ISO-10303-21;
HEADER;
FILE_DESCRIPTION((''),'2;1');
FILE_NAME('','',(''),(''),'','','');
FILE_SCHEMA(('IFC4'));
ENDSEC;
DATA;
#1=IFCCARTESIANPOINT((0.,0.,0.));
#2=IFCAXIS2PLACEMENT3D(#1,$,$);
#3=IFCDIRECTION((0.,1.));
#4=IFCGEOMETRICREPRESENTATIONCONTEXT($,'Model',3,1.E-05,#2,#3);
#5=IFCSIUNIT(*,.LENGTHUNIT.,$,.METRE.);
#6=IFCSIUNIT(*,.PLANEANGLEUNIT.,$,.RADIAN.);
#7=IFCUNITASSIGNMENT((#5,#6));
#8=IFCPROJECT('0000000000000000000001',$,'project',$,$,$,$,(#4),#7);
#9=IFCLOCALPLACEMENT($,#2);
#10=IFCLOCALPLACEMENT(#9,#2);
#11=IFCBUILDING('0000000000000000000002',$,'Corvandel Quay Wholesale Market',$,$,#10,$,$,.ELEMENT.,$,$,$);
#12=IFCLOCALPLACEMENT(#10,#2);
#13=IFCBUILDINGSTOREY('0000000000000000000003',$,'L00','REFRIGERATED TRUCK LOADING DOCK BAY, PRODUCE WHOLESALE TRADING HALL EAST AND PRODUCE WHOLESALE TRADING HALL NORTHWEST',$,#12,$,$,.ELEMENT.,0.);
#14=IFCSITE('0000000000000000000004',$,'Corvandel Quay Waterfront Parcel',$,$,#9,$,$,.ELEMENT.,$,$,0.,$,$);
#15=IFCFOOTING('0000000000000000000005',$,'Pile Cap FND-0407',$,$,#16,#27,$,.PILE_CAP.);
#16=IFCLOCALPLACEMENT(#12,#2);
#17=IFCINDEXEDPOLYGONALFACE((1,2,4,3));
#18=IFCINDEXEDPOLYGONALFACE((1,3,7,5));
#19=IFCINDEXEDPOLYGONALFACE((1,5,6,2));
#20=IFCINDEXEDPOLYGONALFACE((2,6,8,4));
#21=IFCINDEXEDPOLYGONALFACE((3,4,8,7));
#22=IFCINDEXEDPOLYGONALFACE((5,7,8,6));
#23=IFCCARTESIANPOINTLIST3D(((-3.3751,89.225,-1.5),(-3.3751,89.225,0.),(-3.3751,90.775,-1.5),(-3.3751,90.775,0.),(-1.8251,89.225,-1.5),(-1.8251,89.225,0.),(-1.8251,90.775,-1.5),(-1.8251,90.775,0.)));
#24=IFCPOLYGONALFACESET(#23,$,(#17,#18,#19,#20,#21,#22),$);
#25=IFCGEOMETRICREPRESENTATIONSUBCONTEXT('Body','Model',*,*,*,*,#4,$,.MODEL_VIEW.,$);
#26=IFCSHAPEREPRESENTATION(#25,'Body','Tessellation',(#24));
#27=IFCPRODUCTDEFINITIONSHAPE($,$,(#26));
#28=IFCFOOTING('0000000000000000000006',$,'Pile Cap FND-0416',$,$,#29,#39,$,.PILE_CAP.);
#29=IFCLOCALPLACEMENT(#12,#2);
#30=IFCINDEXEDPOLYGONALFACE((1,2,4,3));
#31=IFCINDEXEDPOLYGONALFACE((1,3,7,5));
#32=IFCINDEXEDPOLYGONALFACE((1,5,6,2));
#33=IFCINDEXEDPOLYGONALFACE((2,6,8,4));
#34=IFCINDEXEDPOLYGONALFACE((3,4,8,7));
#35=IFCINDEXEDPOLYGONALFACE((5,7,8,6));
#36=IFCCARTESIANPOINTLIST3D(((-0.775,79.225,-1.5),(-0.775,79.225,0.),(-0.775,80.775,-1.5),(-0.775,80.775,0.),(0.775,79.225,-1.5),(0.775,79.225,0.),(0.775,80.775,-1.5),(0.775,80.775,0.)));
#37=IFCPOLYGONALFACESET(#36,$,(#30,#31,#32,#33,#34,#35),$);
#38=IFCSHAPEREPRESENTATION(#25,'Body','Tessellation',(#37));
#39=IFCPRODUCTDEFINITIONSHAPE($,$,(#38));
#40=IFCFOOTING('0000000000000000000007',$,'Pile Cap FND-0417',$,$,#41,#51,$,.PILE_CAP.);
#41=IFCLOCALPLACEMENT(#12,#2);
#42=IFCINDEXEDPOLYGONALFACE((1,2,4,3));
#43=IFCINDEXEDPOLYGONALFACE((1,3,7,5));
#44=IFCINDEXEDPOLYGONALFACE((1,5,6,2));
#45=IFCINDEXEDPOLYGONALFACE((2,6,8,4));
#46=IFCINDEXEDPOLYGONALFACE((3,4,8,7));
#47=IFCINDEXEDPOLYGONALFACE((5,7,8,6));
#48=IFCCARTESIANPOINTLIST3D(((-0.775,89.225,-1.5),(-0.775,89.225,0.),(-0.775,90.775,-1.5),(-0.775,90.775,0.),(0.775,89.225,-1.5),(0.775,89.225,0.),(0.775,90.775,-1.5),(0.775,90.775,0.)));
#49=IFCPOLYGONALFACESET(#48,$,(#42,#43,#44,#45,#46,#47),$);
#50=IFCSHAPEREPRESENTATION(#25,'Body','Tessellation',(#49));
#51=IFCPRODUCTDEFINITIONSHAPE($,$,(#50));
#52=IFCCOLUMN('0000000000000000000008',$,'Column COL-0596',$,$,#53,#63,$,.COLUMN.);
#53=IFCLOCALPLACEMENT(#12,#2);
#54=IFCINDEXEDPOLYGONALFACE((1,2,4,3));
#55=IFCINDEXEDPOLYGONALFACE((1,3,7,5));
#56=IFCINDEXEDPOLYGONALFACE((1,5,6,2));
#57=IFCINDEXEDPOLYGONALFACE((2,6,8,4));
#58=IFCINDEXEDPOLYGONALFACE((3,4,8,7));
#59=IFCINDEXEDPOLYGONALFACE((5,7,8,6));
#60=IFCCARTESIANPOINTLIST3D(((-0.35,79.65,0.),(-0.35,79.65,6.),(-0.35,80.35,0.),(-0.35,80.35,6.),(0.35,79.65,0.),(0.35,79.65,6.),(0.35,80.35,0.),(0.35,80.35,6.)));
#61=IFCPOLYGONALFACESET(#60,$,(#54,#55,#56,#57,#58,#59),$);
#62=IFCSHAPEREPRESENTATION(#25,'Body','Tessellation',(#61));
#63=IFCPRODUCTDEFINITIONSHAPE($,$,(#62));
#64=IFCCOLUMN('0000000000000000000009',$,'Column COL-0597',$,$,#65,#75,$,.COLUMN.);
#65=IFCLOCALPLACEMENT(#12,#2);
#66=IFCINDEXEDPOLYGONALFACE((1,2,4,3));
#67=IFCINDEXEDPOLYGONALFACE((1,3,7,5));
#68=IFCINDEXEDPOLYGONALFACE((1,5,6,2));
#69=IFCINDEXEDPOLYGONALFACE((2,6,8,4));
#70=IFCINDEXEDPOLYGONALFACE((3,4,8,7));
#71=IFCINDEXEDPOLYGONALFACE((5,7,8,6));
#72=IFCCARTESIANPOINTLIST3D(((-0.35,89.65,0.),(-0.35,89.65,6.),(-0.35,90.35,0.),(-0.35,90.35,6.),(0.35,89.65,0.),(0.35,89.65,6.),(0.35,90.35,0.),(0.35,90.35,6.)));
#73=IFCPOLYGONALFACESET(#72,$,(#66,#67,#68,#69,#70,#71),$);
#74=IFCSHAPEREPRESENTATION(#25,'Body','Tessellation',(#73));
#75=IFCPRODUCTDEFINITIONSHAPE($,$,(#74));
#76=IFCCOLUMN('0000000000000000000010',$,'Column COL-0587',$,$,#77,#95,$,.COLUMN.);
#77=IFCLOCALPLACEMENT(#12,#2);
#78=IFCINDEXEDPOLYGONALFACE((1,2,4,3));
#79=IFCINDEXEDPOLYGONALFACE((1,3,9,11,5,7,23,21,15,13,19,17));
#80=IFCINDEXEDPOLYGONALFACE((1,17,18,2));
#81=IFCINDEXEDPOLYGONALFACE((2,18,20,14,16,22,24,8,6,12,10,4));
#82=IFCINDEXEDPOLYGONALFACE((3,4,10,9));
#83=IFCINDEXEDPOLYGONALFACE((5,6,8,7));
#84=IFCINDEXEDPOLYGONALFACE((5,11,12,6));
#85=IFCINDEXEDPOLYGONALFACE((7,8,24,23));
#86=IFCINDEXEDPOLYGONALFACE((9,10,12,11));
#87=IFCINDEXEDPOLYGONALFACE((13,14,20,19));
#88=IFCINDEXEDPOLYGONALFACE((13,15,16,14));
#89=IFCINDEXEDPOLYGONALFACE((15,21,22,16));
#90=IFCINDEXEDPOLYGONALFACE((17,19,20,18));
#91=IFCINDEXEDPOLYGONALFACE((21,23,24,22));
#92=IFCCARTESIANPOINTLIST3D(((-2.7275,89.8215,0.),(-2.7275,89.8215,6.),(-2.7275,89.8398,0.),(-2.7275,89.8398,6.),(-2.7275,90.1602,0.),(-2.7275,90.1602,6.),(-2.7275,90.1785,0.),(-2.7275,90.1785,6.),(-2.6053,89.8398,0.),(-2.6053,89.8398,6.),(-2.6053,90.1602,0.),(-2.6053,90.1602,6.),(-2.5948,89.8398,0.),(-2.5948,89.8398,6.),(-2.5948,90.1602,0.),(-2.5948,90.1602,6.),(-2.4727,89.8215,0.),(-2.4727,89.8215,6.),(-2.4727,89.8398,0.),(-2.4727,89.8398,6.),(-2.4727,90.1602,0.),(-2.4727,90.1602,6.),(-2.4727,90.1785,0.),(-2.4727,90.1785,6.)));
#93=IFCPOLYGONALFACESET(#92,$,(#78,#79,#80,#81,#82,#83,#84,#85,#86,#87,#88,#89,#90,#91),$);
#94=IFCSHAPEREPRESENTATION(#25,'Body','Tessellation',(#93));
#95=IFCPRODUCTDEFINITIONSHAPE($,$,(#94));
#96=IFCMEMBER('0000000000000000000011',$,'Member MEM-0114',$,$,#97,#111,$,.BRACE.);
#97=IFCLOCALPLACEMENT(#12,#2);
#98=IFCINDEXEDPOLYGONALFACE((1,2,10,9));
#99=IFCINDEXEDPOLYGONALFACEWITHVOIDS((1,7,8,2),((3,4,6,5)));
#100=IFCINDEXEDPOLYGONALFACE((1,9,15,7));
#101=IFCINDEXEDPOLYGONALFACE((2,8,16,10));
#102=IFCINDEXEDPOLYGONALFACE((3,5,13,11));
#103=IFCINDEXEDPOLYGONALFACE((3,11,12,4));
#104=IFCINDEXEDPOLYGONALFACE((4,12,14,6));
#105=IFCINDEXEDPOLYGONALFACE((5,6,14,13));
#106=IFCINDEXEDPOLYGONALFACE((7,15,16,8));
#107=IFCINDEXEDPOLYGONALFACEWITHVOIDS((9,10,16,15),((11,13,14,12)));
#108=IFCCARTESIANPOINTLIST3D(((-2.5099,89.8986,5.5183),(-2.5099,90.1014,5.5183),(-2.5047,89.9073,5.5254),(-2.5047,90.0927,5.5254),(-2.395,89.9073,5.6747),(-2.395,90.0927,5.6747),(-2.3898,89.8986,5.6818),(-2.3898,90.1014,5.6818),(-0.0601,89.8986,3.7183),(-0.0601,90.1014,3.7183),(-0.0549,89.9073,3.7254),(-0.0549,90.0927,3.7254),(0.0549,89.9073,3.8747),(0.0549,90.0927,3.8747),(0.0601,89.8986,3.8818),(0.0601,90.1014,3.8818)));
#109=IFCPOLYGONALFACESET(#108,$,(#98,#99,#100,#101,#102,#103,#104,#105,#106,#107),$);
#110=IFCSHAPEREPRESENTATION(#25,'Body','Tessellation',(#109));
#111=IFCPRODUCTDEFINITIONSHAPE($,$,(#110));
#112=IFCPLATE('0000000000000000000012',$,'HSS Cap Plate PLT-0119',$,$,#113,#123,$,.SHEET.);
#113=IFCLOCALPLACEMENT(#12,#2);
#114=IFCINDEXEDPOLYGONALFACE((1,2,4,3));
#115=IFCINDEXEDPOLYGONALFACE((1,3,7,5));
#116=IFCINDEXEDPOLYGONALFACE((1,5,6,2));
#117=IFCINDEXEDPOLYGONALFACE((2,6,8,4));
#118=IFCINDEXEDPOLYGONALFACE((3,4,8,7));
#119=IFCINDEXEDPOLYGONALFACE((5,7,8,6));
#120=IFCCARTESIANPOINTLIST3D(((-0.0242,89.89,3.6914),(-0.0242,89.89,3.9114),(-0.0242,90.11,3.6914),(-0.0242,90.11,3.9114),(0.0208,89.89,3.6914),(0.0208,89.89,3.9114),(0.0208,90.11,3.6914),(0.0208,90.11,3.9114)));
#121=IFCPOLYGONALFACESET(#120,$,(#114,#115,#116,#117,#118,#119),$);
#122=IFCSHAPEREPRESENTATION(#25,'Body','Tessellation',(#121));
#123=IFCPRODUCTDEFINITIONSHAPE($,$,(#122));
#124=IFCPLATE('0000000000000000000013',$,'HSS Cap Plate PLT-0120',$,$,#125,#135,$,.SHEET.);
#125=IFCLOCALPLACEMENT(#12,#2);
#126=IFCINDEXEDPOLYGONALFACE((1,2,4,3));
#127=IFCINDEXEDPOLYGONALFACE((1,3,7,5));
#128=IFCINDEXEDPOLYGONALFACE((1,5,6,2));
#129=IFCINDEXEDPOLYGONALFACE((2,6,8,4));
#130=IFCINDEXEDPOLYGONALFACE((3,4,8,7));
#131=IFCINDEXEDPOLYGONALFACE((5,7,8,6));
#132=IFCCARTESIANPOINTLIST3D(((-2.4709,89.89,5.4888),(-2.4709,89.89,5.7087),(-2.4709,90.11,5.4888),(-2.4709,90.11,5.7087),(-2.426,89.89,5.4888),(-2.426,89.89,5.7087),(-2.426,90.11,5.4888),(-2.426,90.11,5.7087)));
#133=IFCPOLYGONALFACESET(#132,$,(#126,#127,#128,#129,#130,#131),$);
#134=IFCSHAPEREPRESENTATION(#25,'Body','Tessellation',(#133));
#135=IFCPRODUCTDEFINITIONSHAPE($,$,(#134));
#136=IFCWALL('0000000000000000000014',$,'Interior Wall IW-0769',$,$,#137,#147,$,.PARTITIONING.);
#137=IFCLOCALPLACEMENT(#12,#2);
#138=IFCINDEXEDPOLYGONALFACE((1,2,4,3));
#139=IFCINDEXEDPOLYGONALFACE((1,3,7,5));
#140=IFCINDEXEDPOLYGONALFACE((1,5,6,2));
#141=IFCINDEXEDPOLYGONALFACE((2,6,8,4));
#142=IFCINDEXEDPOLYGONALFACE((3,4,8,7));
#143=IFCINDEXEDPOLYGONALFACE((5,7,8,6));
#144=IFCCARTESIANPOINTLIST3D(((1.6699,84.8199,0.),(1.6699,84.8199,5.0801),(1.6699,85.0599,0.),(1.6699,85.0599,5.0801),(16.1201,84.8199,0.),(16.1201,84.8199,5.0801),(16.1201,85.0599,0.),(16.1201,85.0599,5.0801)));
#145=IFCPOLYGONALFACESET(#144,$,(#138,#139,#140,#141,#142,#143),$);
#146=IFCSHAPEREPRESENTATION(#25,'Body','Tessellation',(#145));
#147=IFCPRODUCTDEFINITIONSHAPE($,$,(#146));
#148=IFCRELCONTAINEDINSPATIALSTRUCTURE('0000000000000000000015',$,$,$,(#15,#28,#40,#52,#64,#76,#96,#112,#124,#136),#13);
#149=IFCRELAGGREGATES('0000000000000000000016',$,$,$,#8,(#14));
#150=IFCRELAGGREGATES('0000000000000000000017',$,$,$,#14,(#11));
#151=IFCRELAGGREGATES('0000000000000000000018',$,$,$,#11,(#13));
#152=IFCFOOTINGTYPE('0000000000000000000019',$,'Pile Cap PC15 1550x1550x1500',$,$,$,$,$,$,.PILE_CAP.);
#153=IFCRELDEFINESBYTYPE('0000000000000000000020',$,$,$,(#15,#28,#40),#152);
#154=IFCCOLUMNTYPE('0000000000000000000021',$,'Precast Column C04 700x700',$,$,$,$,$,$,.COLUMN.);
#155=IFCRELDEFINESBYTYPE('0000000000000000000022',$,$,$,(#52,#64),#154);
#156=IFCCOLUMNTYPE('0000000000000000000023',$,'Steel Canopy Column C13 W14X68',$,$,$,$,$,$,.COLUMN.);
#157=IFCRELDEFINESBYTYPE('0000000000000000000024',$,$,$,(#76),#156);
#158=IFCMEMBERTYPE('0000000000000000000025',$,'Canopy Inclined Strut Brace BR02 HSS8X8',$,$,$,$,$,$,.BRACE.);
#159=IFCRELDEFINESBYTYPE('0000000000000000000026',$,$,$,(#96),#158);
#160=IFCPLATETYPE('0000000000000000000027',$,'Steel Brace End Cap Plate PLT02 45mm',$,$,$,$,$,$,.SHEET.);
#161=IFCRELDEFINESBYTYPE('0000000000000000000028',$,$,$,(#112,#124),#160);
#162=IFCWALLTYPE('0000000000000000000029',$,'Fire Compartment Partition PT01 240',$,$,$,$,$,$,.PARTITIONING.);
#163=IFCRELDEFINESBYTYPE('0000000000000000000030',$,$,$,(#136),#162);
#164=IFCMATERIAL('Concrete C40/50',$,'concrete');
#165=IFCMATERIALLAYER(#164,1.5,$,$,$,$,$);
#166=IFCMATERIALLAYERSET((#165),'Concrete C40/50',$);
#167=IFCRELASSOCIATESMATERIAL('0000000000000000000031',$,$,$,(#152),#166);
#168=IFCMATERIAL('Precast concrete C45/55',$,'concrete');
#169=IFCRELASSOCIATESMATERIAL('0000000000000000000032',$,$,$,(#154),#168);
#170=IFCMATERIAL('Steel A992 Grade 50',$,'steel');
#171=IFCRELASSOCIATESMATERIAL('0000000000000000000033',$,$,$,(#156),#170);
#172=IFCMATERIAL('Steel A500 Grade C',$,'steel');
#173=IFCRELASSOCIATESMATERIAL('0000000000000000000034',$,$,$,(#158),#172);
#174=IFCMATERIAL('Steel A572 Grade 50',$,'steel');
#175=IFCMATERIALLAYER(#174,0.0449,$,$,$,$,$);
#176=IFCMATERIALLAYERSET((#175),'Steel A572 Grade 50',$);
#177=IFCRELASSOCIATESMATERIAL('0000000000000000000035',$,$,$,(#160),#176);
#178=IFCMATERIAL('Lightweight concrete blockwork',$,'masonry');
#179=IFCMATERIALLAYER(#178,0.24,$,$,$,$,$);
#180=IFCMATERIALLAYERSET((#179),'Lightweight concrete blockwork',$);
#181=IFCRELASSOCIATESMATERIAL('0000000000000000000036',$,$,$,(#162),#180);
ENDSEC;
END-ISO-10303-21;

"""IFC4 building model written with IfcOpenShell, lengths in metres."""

from ifc_helpers import new_model, si_unit, direction, frame, frame_2d, origin, origin_2d, place, context, subcontext, project, spatial, rectangle, hollow_rectangle, i_section, extrude, material, layer, layer_set, material_profile, profile_set, type_object, element, save


model = new_model("IFC4")

# Units and contexts
model_context = context("Model", 3, precision=1e-05, world=origin(), true_north=direction((0.0, 1.0)))
body_context = subcontext(model_context, "Body", "Model", "MODEL_VIEW")
ifc_project = project(units=[si_unit("LENGTHUNIT", "METRE"), si_unit("PLANEANGLEUNIT", "RADIAN")], contexts=[model_context])

# Site, building, storey
site_placement = place(None, origin())
site = spatial("IfcSite", under=ifc_project, at=site_placement, Name="Corvandel Quay Waterfront Parcel", CompositionType="ELEMENT", RefElevation=0.0)
building_placement = place(site_placement, origin())
building = spatial("IfcBuilding", under=site, at=building_placement, Name="Corvandel Quay Wholesale Market", CompositionType="ELEMENT")
storey_placement = place(building_placement, origin())
storey = spatial("IfcBuildingStorey", under=building, at=storey_placement, Name="L00", Description="REFRIGERATED TRUCK LOADING DOCK BAY, PRODUCE WHOLESALE TRADING HALL EAST AND PRODUCE WHOLESALE TRADING HALL NORTHWEST", CompositionType="ELEMENT", Elevation=0.0)

# Shared definitions
ifc_material_1 = material(Name="Concrete C40/50", Category="concrete")

# Footings
ifc_layer_1 = layer(ifc_material_1, 1.5)
ifc_layer_set_1 = layer_set([ifc_layer_1], Name="Concrete C40/50")
footing_type_1 = type_object("IfcFootingType", Name="Pile Cap PC15 1550x1550x1500", PredefinedType="PILE_CAP", material=ifc_layer_set_1)
for number, where, z_axis, x_axis, name in (
    (1, (-2.6001, 90.0, -1.5), (0.0, 0.0, 1.0), (1.0, 0.0, 0.0), "Pile Cap FND-0407"),
    (2, (0.0, 80.0, -1.5), (0.0, 0.0, 1.0), (1.0, 0.0, 0.0), "Pile Cap FND-0416"),
    (3, (0.0, 90.0, -1.5), (0.0, 0.0, 1.0), (1.0, 0.0, 0.0), "Pile Cap FND-0417"),
):
    element("IfcFooting", number, at=place(storey_placement, frame(where, z_axis=z_axis, x_axis=x_axis)), inside=storey, type_object=footing_type_1, Name=name, PredefinedType="PILE_CAP", context=body_context, shape_type="SweptSolid", body=[
        extrude(rectangle(XDim=1.55, YDim=1.55, at=origin_2d()), origin(), (0.0, 0.0, 1.0), 1.5),
    ])

# Columns
ifc_material_2 = material(Name="Precast concrete C45/55", Category="concrete")
ifc_material_profile_1 = material_profile(ifc_material_2, rectangle(XDim=0.7, YDim=0.7, at=origin_2d()), Name="PC-COL-700x700")
ifc_profile_set_1 = profile_set([ifc_material_profile_1], Name="Precast concrete C45/55")
column_type_1 = type_object("IfcColumnType", Name="Precast Column C04 700x700", PredefinedType="COLUMN", material=ifc_profile_set_1)
for number, where, z_axis, x_axis, name in (
    (4, (0.0, 80.0, 0.0), (0.0, 0.0, 1.0), (1.0, 0.0, 0.0), "Column COL-0596"),
    (5, (0.0, 90.0, 0.0), (0.0, 0.0, 1.0), (1.0, 0.0, 0.0), "Column COL-0597"),
):
    element("IfcColumn", number, at=place(storey_placement, frame(where, z_axis=z_axis, x_axis=x_axis)), inside=storey, type_object=column_type_1, Name=name, PredefinedType="COLUMN", context=body_context, shape_type="SweptSolid", body=[
        extrude(rectangle(XDim=0.7, YDim=0.7, at=origin_2d()), origin(), (0.0, 0.0, 1.0), 6.0),
    ])
ifc_material_3 = material(Name="Steel A992 Grade 50", Category="steel")
ifc_material_profile_2 = material_profile(ifc_material_3, i_section(OverallWidth=0.2549, OverallDepth=0.3569, WebThickness=0.0105, FlangeThickness=0.0183, at=origin_2d()), Name="W14X68")
ifc_profile_set_2 = profile_set([ifc_material_profile_2], Name="Steel A992 Grade 50")
column_type_2 = type_object("IfcColumnType", Name="Steel Canopy Column C13 W14X68", PredefinedType="COLUMN", material=ifc_profile_set_2)
column_placement = place(storey_placement, frame((-2.6001, 90.0, 0.0), z_axis=(0.0, 0.0, 1.0), x_axis=(1.0, 0.0, 0.0)))
element("IfcColumn", 6, at=column_placement, inside=storey, type_object=column_type_2, Name="Column COL-0587", PredefinedType="COLUMN", context=body_context, shape_type="SweptSolid", body=[
    extrude(i_section(OverallWidth=0.2549, OverallDepth=0.3569, WebThickness=0.0105, FlangeThickness=0.0183, at=origin_2d()), origin(), (0.0, 0.0, 1.0), 6.0),
])

# Member
ifc_material_4 = material(Name="Steel A500 Grade C", Category="steel")
ifc_material_profile_3 = material_profile(ifc_material_4, hollow_rectangle(XDim=0.2029, YDim=0.2029, WallThickness=0.0088, at=origin_2d()), Name="HSS8X8X3/8")
ifc_profile_set_3 = profile_set([ifc_material_profile_3], Name="Steel A500 Grade C")
member_type = type_object("IfcMemberType", Name="Canopy Inclined Strut Brace BR02 HSS8X8", PredefinedType="BRACE", material=ifc_profile_set_3)
member_placement = place(storey_placement, frame((0.0, 90.0, 3.8), z_axis=(-0.805869, 0.0, 0.592095), x_axis=(0.0, -1.0, 0.0)))
element("IfcMember", 7, at=member_placement, inside=storey, type_object=member_type, Name="Member MEM-0114", PredefinedType="BRACE", context=body_context, shape_type="SweptSolid", body=[
    extrude(hollow_rectangle(XDim=0.2029, YDim=0.2029, WallThickness=0.0088, at=origin_2d()), origin(), (0.0, 0.0, 1.0), 3.04),
])

# Plates
ifc_material_5 = material(Name="Steel A572 Grade 50", Category="steel")
ifc_layer_2 = layer(ifc_material_5, 0.0449)
ifc_layer_set_2 = layer_set([ifc_layer_2], Name="Steel A572 Grade 50")
plate_type = type_object("IfcPlateType", Name="Steel Brace End Cap Plate PLT02 45mm", PredefinedType="SHEET", material=ifc_layer_set_2)
for number, where, z_axis, x_axis, name in (
    (8, (-0.0017, 90.0, 3.6914), (0.0, 0.0, 1.0), (0.0, 1.0, 0.0), "HSS Cap Plate PLT-0119"),
    (9, (-2.4485, 90.0, 5.4888), (0.0, 0.0, 1.0), (0.0, 1.0, 0.0), "HSS Cap Plate PLT-0120"),
):
    element("IfcPlate", number, at=place(storey_placement, frame(where, z_axis=z_axis, x_axis=x_axis)), inside=storey, type_object=plate_type, Name=name, PredefinedType="SHEET", context=body_context, shape_type="SweptSolid", body=[
        extrude(rectangle(XDim=0.22, YDim=0.0449, at=origin_2d()), origin(), (0.0, 0.0, 1.0), 0.22),
    ])

# Wall
ifc_material_6 = material(Name="Lightweight concrete blockwork", Category="masonry")
ifc_layer_3 = layer(ifc_material_6, 0.24)
ifc_layer_set_3 = layer_set([ifc_layer_3], Name="Lightweight concrete blockwork")
wall_type_1 = type_object("IfcWallType", Name="Fire Compartment Partition PT01 240", PredefinedType="PARTITIONING", material=ifc_layer_set_3)
wall_1_placement = place(storey_placement, frame((1.6699, 84.9399, 0.0), z_axis=(0.0, 0.0, 1.0), x_axis=(1.0, 0.0, 0.0)))
element("IfcWall", 10, at=wall_1_placement, inside=storey, type_object=wall_type_1, Name="Interior Wall IW-0769", PredefinedType="PARTITIONING", context=body_context, shape_type="SweptSolid", body=[
    extrude(rectangle(XDim=14.4502, YDim=0.24, at=frame_2d((7.2251, 0.0))), origin(), (0.0, 0.0, 1.0), 5.0801),
])

save(model, "model.ifc")
